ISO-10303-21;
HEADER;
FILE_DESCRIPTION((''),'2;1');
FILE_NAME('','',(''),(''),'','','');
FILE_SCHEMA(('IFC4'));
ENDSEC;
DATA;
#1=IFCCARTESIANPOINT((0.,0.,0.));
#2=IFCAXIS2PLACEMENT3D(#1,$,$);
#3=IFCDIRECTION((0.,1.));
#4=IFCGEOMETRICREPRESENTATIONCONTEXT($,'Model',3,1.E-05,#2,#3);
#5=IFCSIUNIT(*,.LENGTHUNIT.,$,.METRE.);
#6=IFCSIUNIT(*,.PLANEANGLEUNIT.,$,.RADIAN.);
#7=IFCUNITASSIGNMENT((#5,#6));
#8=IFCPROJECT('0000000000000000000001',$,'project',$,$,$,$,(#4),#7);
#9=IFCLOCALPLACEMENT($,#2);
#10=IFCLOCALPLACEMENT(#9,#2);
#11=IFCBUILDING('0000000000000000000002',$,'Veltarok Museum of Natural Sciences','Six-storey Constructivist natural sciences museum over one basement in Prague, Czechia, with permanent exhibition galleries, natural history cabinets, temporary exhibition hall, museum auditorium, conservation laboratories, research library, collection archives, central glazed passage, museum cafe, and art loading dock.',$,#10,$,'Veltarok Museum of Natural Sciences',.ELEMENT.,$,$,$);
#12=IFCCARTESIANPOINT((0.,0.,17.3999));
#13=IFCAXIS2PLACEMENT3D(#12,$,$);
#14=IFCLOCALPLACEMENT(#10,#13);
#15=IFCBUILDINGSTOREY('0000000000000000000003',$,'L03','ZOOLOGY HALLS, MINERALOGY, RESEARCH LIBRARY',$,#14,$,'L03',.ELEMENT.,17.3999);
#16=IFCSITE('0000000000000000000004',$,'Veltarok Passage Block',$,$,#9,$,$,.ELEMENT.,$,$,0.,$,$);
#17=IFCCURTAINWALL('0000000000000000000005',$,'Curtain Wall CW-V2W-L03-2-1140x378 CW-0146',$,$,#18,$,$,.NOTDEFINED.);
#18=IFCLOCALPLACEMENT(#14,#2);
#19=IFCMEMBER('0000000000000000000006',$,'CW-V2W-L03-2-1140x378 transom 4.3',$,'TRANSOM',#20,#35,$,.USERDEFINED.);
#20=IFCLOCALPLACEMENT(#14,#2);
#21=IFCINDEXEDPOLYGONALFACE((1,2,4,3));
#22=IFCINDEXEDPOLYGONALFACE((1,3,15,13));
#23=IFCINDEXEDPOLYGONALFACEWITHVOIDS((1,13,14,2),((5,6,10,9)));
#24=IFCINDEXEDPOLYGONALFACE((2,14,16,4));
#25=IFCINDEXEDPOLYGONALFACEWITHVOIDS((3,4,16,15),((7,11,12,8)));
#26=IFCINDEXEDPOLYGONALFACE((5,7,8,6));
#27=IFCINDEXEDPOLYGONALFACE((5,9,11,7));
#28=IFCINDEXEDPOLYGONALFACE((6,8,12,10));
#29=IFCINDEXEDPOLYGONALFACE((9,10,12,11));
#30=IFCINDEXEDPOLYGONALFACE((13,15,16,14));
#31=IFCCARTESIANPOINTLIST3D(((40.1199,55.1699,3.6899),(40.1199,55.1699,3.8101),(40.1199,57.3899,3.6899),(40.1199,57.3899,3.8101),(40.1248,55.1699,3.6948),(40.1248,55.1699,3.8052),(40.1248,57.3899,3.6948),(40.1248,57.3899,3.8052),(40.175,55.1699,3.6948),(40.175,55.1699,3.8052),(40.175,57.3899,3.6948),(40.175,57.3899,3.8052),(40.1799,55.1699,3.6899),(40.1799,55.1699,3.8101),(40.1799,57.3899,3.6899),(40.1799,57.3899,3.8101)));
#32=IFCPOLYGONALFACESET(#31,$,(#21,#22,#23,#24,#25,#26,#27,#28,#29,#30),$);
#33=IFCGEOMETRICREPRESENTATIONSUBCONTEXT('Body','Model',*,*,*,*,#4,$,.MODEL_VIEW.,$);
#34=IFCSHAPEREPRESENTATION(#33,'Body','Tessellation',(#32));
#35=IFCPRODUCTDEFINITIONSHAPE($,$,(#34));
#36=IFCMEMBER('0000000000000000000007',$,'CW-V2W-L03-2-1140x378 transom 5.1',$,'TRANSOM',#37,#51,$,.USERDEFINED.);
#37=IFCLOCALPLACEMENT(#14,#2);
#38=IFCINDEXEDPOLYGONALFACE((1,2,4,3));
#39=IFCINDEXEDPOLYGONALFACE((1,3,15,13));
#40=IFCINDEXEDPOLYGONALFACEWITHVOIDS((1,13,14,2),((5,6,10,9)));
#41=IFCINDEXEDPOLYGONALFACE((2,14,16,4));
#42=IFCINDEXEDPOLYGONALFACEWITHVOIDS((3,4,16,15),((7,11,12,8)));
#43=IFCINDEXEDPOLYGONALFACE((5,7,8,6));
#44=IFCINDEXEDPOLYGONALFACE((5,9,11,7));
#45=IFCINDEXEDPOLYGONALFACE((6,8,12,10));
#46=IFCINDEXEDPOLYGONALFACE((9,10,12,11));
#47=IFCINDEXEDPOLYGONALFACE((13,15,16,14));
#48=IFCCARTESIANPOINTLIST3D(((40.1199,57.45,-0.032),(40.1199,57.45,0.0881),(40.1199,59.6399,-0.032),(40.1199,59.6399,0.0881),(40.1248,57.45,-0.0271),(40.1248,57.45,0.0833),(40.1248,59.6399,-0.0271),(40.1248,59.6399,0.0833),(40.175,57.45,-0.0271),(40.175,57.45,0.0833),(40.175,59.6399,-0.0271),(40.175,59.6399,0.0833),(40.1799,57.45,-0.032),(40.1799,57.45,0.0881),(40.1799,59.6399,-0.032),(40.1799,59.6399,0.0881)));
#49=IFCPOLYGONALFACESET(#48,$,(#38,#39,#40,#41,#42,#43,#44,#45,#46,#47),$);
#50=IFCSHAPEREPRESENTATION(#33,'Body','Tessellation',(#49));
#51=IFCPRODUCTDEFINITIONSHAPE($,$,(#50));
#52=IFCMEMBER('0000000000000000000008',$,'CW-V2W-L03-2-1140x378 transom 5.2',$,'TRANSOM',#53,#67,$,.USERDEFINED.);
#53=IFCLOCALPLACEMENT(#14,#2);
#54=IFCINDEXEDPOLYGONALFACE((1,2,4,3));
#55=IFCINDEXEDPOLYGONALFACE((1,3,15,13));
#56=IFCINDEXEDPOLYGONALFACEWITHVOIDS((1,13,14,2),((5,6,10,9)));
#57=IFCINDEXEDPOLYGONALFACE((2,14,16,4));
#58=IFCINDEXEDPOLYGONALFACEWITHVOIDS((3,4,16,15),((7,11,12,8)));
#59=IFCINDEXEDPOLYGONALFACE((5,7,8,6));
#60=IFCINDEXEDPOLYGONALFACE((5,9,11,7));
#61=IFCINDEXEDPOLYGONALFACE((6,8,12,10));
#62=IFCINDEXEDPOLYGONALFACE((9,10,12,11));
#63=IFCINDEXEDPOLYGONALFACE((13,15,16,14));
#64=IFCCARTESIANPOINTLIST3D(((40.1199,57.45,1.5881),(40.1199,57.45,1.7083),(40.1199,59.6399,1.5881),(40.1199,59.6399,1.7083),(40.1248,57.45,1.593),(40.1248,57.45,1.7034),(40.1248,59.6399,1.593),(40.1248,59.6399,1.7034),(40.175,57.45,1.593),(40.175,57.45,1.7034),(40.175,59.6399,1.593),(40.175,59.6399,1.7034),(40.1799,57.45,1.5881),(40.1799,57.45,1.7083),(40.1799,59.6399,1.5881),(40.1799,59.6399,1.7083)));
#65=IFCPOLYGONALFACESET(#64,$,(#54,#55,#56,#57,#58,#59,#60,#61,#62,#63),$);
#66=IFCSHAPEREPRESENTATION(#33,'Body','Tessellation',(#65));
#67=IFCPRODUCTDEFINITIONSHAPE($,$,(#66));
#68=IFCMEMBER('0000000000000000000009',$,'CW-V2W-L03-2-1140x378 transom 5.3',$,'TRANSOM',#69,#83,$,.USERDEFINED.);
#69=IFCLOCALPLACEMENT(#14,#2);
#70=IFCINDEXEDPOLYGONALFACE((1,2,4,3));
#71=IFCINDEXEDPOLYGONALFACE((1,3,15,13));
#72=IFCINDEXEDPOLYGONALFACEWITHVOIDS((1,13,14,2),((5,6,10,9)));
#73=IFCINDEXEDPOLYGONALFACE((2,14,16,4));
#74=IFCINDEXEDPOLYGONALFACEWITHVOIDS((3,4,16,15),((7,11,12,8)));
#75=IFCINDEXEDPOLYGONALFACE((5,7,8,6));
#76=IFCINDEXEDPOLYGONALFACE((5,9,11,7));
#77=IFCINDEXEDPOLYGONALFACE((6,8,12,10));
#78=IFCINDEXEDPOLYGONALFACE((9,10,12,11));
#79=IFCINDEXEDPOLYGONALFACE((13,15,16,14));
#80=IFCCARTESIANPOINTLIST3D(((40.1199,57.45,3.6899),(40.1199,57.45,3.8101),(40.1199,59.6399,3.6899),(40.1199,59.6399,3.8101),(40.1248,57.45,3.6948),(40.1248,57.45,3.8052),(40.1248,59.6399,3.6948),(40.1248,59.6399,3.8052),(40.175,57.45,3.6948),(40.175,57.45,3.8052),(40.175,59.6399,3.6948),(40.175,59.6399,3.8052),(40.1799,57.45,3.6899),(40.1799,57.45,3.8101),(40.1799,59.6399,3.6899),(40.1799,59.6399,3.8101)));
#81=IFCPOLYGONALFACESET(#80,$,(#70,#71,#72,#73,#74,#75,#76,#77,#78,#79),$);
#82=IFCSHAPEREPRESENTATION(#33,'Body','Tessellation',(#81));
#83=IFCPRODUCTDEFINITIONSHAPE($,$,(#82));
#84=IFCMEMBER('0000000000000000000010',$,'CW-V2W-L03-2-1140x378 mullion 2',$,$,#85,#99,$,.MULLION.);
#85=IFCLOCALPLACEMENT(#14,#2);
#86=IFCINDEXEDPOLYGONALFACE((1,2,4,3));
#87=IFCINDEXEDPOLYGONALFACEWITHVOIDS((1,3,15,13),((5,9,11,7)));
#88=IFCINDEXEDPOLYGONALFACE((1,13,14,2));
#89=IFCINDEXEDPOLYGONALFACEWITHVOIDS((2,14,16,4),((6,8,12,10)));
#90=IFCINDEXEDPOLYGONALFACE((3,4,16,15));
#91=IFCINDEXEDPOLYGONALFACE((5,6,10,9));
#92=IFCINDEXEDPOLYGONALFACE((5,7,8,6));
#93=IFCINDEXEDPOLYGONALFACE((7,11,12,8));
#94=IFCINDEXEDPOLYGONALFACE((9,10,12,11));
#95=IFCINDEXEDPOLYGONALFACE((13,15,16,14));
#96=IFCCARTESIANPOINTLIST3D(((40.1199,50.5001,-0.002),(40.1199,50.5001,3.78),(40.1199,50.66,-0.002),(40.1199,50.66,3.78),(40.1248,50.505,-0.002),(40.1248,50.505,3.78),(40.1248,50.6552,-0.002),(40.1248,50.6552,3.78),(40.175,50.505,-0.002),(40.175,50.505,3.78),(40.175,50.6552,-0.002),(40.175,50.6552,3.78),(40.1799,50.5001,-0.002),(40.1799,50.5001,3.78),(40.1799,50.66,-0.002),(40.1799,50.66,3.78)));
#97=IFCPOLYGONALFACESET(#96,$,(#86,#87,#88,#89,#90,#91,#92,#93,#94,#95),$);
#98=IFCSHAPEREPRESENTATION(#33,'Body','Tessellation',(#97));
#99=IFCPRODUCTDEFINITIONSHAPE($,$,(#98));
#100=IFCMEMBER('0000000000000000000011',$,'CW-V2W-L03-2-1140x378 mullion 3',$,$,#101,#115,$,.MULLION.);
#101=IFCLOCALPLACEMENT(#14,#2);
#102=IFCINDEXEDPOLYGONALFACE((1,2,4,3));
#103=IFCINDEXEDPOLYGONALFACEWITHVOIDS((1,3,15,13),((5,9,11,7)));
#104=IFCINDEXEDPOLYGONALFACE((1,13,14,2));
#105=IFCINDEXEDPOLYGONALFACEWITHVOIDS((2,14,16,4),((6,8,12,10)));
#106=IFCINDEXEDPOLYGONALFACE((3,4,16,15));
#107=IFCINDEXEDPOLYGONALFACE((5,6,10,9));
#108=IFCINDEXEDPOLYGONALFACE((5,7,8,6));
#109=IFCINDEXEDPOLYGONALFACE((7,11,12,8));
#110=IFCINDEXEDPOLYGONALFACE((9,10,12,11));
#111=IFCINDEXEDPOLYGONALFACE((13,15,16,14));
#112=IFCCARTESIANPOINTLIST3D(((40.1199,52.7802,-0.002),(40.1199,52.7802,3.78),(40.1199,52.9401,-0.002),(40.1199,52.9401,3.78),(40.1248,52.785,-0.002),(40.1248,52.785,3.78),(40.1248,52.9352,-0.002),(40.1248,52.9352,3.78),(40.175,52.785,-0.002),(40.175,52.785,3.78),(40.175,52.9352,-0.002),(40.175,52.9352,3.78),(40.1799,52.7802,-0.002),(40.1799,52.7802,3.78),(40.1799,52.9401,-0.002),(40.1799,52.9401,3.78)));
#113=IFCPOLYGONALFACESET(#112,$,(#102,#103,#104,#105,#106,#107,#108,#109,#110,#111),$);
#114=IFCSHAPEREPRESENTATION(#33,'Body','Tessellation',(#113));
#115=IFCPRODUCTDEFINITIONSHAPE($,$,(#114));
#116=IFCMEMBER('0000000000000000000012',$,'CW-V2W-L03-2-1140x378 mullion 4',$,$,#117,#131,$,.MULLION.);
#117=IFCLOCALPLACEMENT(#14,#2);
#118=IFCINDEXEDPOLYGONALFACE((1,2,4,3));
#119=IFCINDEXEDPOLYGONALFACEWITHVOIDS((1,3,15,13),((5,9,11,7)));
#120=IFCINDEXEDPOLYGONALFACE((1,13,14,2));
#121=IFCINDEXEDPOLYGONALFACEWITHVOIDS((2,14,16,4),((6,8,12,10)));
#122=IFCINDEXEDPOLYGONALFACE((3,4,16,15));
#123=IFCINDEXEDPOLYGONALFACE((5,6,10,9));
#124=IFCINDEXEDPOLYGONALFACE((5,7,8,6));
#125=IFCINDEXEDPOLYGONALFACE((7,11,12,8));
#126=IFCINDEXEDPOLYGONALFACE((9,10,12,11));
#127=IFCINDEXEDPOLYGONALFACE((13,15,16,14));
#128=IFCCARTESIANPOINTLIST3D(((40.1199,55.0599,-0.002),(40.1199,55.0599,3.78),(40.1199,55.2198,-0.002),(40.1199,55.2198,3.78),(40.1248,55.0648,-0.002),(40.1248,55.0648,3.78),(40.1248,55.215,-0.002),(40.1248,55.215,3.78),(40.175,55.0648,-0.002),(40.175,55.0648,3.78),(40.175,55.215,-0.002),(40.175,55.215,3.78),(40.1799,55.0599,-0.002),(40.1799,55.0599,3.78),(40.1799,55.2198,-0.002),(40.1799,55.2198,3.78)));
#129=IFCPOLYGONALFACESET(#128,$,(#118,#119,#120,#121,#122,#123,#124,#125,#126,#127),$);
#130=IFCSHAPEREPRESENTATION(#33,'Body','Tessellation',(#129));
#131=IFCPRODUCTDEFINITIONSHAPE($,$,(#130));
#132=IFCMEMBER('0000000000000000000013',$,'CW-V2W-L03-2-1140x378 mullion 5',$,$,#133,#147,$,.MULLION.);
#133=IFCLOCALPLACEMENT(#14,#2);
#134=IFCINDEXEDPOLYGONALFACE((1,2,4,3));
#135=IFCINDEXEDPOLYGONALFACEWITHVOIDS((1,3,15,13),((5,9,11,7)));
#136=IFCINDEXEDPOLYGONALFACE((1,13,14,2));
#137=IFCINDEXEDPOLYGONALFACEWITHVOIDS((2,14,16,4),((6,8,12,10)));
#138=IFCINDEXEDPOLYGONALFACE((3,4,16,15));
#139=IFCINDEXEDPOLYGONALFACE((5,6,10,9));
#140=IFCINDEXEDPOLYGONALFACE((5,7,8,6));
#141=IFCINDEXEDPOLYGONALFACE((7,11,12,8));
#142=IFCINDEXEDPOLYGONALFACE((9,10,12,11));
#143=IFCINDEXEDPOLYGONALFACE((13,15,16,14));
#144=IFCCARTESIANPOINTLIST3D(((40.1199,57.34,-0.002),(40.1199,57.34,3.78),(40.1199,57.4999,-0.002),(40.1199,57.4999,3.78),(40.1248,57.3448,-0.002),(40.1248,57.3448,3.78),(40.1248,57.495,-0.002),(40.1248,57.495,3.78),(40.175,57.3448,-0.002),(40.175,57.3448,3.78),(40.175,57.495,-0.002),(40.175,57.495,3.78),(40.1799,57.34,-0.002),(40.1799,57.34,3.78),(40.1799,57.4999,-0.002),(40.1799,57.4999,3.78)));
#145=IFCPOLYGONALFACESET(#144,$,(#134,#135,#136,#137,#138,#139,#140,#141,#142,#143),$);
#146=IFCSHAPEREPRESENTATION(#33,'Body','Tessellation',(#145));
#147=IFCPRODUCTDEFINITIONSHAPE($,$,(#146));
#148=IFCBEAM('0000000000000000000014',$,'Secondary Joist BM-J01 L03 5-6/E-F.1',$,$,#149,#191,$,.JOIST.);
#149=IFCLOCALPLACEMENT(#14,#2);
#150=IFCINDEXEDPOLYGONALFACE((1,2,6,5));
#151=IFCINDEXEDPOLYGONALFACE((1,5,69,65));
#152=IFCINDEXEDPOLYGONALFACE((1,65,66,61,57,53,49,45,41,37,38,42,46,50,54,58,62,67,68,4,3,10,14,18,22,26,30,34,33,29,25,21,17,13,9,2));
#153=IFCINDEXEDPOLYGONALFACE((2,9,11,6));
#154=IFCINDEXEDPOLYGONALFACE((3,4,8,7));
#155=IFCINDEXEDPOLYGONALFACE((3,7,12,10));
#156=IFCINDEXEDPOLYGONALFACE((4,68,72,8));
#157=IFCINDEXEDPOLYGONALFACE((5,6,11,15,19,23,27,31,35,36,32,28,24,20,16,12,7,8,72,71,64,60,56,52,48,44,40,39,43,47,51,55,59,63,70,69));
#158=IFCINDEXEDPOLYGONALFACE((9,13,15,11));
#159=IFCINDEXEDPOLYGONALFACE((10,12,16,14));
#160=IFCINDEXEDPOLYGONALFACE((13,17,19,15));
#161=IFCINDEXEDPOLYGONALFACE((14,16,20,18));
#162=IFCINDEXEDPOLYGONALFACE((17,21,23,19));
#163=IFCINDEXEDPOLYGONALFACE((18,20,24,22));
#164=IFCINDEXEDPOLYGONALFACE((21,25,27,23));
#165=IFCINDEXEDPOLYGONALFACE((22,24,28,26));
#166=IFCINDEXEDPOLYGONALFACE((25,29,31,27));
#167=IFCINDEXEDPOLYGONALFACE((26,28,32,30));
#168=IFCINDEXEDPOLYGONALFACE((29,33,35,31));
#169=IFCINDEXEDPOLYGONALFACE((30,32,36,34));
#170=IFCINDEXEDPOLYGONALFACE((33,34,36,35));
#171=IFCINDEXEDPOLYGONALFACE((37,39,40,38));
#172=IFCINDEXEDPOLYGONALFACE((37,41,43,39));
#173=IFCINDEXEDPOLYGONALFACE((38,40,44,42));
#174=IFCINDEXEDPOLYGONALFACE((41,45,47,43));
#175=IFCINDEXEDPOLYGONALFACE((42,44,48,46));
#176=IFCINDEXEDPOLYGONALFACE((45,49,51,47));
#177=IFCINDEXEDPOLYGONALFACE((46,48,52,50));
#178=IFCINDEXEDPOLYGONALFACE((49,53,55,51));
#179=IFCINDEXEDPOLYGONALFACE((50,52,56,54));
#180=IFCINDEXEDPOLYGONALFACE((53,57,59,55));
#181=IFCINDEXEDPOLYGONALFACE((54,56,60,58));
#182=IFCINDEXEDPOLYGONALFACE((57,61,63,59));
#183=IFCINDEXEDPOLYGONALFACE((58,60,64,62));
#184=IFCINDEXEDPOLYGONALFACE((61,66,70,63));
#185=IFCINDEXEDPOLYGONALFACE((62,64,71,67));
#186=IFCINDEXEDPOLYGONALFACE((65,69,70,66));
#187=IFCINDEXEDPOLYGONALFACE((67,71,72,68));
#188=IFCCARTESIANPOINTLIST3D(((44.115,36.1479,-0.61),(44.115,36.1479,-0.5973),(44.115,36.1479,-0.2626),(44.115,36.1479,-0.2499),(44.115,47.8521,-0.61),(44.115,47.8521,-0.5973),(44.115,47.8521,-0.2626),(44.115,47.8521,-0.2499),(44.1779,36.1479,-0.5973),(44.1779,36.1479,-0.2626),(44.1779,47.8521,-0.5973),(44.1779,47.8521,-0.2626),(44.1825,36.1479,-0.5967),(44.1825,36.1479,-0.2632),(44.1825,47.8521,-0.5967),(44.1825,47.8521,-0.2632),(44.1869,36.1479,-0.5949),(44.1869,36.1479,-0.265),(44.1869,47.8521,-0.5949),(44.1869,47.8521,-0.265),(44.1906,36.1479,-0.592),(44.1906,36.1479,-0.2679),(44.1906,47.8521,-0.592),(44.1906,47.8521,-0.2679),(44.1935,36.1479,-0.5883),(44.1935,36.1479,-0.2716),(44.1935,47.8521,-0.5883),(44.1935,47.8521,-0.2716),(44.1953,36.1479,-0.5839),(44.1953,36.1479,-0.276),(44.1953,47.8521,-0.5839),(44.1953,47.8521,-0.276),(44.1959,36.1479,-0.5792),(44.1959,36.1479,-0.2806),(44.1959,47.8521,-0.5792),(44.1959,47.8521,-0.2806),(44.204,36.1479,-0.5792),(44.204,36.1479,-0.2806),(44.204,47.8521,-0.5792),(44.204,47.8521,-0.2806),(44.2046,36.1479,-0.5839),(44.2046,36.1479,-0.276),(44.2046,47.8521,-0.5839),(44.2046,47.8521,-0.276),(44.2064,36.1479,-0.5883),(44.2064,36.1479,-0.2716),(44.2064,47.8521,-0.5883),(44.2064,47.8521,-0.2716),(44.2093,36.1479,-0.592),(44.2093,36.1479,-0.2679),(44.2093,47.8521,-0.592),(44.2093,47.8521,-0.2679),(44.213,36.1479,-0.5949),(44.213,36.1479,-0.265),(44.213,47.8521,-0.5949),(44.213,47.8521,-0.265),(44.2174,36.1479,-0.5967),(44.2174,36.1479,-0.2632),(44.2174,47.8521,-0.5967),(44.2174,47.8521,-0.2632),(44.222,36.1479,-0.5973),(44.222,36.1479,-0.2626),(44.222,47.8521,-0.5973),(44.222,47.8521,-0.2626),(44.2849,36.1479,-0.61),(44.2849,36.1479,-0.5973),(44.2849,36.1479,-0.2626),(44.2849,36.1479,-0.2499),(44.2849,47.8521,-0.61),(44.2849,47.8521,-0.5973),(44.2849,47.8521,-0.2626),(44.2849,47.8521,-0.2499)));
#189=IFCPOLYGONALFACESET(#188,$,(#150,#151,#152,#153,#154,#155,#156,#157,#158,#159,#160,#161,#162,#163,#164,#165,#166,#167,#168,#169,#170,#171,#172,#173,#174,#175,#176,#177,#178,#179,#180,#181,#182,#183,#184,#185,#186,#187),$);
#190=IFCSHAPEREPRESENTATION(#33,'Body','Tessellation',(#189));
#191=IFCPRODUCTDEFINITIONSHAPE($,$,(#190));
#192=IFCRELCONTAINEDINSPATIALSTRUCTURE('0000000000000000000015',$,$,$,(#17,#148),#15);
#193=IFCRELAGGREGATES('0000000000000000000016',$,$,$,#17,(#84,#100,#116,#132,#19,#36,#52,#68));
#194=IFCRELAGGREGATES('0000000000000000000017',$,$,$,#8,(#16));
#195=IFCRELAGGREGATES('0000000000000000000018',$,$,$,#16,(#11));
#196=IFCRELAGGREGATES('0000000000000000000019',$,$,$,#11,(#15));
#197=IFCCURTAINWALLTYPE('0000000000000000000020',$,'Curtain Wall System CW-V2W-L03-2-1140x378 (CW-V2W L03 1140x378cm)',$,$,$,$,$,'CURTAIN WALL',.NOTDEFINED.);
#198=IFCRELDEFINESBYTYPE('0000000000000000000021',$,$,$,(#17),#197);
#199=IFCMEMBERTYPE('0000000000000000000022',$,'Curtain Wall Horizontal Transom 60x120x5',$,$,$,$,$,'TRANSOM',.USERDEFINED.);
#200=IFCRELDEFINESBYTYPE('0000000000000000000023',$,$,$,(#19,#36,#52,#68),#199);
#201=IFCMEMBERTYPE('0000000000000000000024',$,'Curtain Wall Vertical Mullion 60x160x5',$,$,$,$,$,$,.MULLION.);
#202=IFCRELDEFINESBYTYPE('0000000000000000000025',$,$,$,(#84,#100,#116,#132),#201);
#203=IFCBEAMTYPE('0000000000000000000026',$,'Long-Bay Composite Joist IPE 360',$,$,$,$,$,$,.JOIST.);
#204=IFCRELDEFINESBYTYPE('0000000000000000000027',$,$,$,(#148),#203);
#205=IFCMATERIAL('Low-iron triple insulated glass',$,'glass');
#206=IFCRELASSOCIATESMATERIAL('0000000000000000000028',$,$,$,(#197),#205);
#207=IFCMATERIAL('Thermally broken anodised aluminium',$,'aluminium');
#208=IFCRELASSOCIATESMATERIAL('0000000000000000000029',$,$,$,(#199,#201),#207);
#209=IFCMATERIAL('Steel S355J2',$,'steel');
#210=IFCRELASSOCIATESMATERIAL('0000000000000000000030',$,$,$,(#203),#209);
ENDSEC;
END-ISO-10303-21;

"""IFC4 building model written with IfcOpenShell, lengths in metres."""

from ifc_helpers import new_model, si_unit, direction, frame, origin, origin_2d, place, context, subcontext, project, spatial, hollow_rectangle, i_section, extrude, material, material_profile, profile_set, type_object, element, aggregate, save


model = new_model("IFC4")

# Units and contexts
model_context = context("Model", 3, precision=1e-05, world=origin(), true_north=direction((0.0, 1.0)))
body_context = subcontext(model_context, "Body", "Model", "MODEL_VIEW")
ifc_project = project(units=[si_unit("LENGTHUNIT", "METRE"), si_unit("PLANEANGLEUNIT", "RADIAN")], contexts=[model_context])

# Site, building, storey
site_placement = place(None, origin())
site = spatial("IfcSite", under=ifc_project, at=site_placement, Name="Veltarok Passage Block", CompositionType="ELEMENT", RefElevation=0.0)
building_placement = place(site_placement, origin())
building = spatial("IfcBuilding", under=site, at=building_placement, Name="Veltarok Museum of Natural Sciences", Description="Six-storey Constructivist natural sciences museum over one basement in Prague, Czechia, with permanent exhibition galleries, natural history cabinets, temporary exhibition hall, museum auditorium, conservation laboratories, research library, collection archives, central glazed passage, museum cafe, and art loading dock.", LongName="Veltarok Museum of Natural Sciences", CompositionType="ELEMENT")
storey_placement = place(building_placement, frame((0.0, 0.0, 17.3999)))
storey = spatial("IfcBuildingStorey", under=building, at=storey_placement, Name="L03", Description="ZOOLOGY HALLS, MINERALOGY, RESEARCH LIBRARY", LongName="L03", CompositionType="ELEMENT", Elevation=17.3999)

# Curtain wall, members
ifc_material_1 = material(Name="Low-iron triple insulated glass", Category="glass")
curtain_wall_type = type_object("IfcCurtainWallType", Name="Curtain Wall System CW-V2W-L03-2-1140x378 (CW-V2W L03 1140x378cm)", ElementType="CURTAIN WALL", PredefinedType="NOTDEFINED", material=ifc_material_1)
curtain_wall_placement = place(storey_placement, origin())
curtain_wall = element("IfcCurtainWall", 1, at=curtain_wall_placement, inside=storey, type_object=curtain_wall_type, Name="Curtain Wall CW-V2W-L03-2-1140x378 CW-0146", PredefinedType="NOTDEFINED")
ifc_material_2 = material(Name="Thermally broken anodised aluminium", Category="aluminium")
ifc_material_profile_1 = material_profile(ifc_material_2, hollow_rectangle(XDim=0.0601, YDim=0.1201, WallThickness=0.0049, at=origin_2d()), Name="CW TRANSOM 60x120x5")
ifc_profile_set_1 = profile_set([ifc_material_profile_1], Name="Thermally broken anodised aluminium")
member_type_1 = type_object("IfcMemberType", Name="Curtain Wall Horizontal Transom 60x120x5", ElementType="TRANSOM", PredefinedType="USERDEFINED", material=ifc_profile_set_1)
member_1_placement = place(storey_placement, frame((40.1499, 55.1699, 3.75), z_axis=(0.0, 1.0, 0.0), x_axis=(-1.0, 0.0, 0.0)))
member_1 = element("IfcMember", 2, at=member_1_placement, type_object=member_type_1, Name="CW-V2W-L03-2-1140x378 transom 4.3", ObjectType="TRANSOM", PredefinedType="USERDEFINED", context=body_context, shape_type="SweptSolid", body=[
    extrude(hollow_rectangle(XDim=0.0601, YDim=0.1201, WallThickness=0.0049, at=origin_2d()), origin(), (0.0, 0.0, 1.0), 2.22),
])
member_2_placement = place(storey_placement, frame((40.1499, 57.45, 0.0281), z_axis=(0.0, 1.0, 0.0), x_axis=(-1.0, 0.0, 0.0)))
member_2 = element("IfcMember", 3, at=member_2_placement, type_object=member_type_1, Name="CW-V2W-L03-2-1140x378 transom 5.1", ObjectType="TRANSOM", PredefinedType="USERDEFINED", context=body_context, shape_type="SweptSolid", body=[
    extrude(hollow_rectangle(XDim=0.0601, YDim=0.1201, WallThickness=0.0049, at=origin_2d()), origin(), (0.0, 0.0, 1.0), 2.1899),
])
member_3_placement = place(storey_placement, frame((40.1499, 57.45, 1.6482), z_axis=(0.0, 1.0, 0.0), x_axis=(-1.0, 0.0, 0.0)))
member_3 = element("IfcMember", 4, at=member_3_placement, type_object=member_type_1, Name="CW-V2W-L03-2-1140x378 transom 5.2", ObjectType="TRANSOM", PredefinedType="USERDEFINED", context=body_context, shape_type="SweptSolid", body=[
    extrude(hollow_rectangle(XDim=0.0601, YDim=0.1201, WallThickness=0.0049, at=origin_2d()), origin(), (0.0, 0.0, 1.0), 2.1899),
])
member_4_placement = place(storey_placement, frame((40.1499, 57.45, 3.75), z_axis=(0.0, 1.0, 0.0), x_axis=(-1.0, 0.0, 0.0)))
member_4 = element("IfcMember", 5, at=member_4_placement, type_object=member_type_1, Name="CW-V2W-L03-2-1140x378 transom 5.3", ObjectType="TRANSOM", PredefinedType="USERDEFINED", context=body_context, shape_type="SweptSolid", body=[
    extrude(hollow_rectangle(XDim=0.0601, YDim=0.1201, WallThickness=0.0049, at=origin_2d()), origin(), (0.0, 0.0, 1.0), 2.1899),
])
ifc_material_profile_2 = material_profile(ifc_material_2, hollow_rectangle(XDim=0.0601, YDim=0.1599, WallThickness=0.0049, at=origin_2d()), Name="CW MULLION 60x160x5")
ifc_profile_set_2 = profile_set([ifc_material_profile_2], Name="Thermally broken anodised aluminium")
member_type_2 = type_object("IfcMemberType", Name="Curtain Wall Vertical Mullion 60x160x5", PredefinedType="MULLION", material=ifc_profile_set_2)
member_5_placement = place(storey_placement, frame((40.1499, 50.5801, -0.002), z_axis=(0.0, 0.0, 1.0), x_axis=(-1.0, 0.0, 0.0)))
member_5 = element("IfcMember", 6, at=member_5_placement, type_object=member_type_2, Name="CW-V2W-L03-2-1140x378 mullion 2", PredefinedType="MULLION", context=body_context, shape_type="SweptSolid", body=[
    extrude(hollow_rectangle(XDim=0.0601, YDim=0.1599, WallThickness=0.0049, at=origin_2d()), origin(), (0.0, 0.0, 1.0), 3.782),
])
member_6_placement = place(storey_placement, frame((40.1499, 52.8601, -0.002), z_axis=(0.0, 0.0, 1.0), x_axis=(-1.0, 0.0, 0.0)))
member_6 = element("IfcMember", 7, at=member_6_placement, type_object=member_type_2, Name="CW-V2W-L03-2-1140x378 mullion 3", PredefinedType="MULLION", context=body_context, shape_type="SweptSolid", body=[
    extrude(hollow_rectangle(XDim=0.0601, YDim=0.1599, WallThickness=0.0049, at=origin_2d()), origin(), (0.0, 0.0, 1.0), 3.782),
])
member_7_placement = place(storey_placement, frame((40.1499, 55.1399, -0.002), z_axis=(0.0, 0.0, 1.0), x_axis=(-1.0, 0.0, 0.0)))
member_7 = element("IfcMember", 8, at=member_7_placement, type_object=member_type_2, Name="CW-V2W-L03-2-1140x378 mullion 4", PredefinedType="MULLION", context=body_context, shape_type="SweptSolid", body=[
    extrude(hollow_rectangle(XDim=0.0601, YDim=0.1599, WallThickness=0.0049, at=origin_2d()), origin(), (0.0, 0.0, 1.0), 3.782),
])
member_8_placement = place(storey_placement, frame((40.1499, 57.4199, -0.002), z_axis=(0.0, 0.0, 1.0), x_axis=(-1.0, 0.0, 0.0)))
member_8 = element("IfcMember", 9, at=member_8_placement, type_object=member_type_2, Name="CW-V2W-L03-2-1140x378 mullion 5", PredefinedType="MULLION", context=body_context, shape_type="SweptSolid", body=[
    extrude(hollow_rectangle(XDim=0.0601, YDim=0.1599, WallThickness=0.0049, at=origin_2d()), origin(), (0.0, 0.0, 1.0), 3.782),
])

# Beam
ifc_material_3 = material(Name="Steel S355J2", Category="steel")
ifc_material_profile_3 = material_profile(ifc_material_3, i_section(OverallWidth=0.1699, OverallDepth=0.3601, WebThickness=0.0081, FlangeThickness=0.0127, FilletRadius=0.0181, at=origin_2d()), Name="IPE 360")
ifc_profile_set_3 = profile_set([ifc_material_profile_3], Name="Steel S355J2")
beam_type = type_object("IfcBeamType", Name="Long-Bay Composite Joist IPE 360", PredefinedType="JOIST", material=ifc_profile_set_3)
for number, where, z_axis, x_axis, name in (
    (10, (44.2, 36.1479, -0.4299), (0.0, 1.0, 0.0), (-1.0, 0.0, 0.0), "Secondary Joist BM-J01 L03 5-6/E-F.1"),
):
    element("IfcBeam", number, at=place(storey_placement, frame(where, z_axis=z_axis, x_axis=x_axis)), inside=storey, type_object=beam_type, Name=name, PredefinedType="JOIST", context=body_context, shape_type="SweptSolid", body=[
        extrude(i_section(OverallWidth=0.1699, OverallDepth=0.3601, WebThickness=0.0081, FlangeThickness=0.0127, FilletRadius=0.0181, at=origin_2d()), origin(), (0.0, 0.0, 1.0), 11.7041),
    ])

aggregate(curtain_wall, [member_5, member_6, member_7, member_8, member_1, member_2, member_3, member_4])

save(model, "model.ifc")
